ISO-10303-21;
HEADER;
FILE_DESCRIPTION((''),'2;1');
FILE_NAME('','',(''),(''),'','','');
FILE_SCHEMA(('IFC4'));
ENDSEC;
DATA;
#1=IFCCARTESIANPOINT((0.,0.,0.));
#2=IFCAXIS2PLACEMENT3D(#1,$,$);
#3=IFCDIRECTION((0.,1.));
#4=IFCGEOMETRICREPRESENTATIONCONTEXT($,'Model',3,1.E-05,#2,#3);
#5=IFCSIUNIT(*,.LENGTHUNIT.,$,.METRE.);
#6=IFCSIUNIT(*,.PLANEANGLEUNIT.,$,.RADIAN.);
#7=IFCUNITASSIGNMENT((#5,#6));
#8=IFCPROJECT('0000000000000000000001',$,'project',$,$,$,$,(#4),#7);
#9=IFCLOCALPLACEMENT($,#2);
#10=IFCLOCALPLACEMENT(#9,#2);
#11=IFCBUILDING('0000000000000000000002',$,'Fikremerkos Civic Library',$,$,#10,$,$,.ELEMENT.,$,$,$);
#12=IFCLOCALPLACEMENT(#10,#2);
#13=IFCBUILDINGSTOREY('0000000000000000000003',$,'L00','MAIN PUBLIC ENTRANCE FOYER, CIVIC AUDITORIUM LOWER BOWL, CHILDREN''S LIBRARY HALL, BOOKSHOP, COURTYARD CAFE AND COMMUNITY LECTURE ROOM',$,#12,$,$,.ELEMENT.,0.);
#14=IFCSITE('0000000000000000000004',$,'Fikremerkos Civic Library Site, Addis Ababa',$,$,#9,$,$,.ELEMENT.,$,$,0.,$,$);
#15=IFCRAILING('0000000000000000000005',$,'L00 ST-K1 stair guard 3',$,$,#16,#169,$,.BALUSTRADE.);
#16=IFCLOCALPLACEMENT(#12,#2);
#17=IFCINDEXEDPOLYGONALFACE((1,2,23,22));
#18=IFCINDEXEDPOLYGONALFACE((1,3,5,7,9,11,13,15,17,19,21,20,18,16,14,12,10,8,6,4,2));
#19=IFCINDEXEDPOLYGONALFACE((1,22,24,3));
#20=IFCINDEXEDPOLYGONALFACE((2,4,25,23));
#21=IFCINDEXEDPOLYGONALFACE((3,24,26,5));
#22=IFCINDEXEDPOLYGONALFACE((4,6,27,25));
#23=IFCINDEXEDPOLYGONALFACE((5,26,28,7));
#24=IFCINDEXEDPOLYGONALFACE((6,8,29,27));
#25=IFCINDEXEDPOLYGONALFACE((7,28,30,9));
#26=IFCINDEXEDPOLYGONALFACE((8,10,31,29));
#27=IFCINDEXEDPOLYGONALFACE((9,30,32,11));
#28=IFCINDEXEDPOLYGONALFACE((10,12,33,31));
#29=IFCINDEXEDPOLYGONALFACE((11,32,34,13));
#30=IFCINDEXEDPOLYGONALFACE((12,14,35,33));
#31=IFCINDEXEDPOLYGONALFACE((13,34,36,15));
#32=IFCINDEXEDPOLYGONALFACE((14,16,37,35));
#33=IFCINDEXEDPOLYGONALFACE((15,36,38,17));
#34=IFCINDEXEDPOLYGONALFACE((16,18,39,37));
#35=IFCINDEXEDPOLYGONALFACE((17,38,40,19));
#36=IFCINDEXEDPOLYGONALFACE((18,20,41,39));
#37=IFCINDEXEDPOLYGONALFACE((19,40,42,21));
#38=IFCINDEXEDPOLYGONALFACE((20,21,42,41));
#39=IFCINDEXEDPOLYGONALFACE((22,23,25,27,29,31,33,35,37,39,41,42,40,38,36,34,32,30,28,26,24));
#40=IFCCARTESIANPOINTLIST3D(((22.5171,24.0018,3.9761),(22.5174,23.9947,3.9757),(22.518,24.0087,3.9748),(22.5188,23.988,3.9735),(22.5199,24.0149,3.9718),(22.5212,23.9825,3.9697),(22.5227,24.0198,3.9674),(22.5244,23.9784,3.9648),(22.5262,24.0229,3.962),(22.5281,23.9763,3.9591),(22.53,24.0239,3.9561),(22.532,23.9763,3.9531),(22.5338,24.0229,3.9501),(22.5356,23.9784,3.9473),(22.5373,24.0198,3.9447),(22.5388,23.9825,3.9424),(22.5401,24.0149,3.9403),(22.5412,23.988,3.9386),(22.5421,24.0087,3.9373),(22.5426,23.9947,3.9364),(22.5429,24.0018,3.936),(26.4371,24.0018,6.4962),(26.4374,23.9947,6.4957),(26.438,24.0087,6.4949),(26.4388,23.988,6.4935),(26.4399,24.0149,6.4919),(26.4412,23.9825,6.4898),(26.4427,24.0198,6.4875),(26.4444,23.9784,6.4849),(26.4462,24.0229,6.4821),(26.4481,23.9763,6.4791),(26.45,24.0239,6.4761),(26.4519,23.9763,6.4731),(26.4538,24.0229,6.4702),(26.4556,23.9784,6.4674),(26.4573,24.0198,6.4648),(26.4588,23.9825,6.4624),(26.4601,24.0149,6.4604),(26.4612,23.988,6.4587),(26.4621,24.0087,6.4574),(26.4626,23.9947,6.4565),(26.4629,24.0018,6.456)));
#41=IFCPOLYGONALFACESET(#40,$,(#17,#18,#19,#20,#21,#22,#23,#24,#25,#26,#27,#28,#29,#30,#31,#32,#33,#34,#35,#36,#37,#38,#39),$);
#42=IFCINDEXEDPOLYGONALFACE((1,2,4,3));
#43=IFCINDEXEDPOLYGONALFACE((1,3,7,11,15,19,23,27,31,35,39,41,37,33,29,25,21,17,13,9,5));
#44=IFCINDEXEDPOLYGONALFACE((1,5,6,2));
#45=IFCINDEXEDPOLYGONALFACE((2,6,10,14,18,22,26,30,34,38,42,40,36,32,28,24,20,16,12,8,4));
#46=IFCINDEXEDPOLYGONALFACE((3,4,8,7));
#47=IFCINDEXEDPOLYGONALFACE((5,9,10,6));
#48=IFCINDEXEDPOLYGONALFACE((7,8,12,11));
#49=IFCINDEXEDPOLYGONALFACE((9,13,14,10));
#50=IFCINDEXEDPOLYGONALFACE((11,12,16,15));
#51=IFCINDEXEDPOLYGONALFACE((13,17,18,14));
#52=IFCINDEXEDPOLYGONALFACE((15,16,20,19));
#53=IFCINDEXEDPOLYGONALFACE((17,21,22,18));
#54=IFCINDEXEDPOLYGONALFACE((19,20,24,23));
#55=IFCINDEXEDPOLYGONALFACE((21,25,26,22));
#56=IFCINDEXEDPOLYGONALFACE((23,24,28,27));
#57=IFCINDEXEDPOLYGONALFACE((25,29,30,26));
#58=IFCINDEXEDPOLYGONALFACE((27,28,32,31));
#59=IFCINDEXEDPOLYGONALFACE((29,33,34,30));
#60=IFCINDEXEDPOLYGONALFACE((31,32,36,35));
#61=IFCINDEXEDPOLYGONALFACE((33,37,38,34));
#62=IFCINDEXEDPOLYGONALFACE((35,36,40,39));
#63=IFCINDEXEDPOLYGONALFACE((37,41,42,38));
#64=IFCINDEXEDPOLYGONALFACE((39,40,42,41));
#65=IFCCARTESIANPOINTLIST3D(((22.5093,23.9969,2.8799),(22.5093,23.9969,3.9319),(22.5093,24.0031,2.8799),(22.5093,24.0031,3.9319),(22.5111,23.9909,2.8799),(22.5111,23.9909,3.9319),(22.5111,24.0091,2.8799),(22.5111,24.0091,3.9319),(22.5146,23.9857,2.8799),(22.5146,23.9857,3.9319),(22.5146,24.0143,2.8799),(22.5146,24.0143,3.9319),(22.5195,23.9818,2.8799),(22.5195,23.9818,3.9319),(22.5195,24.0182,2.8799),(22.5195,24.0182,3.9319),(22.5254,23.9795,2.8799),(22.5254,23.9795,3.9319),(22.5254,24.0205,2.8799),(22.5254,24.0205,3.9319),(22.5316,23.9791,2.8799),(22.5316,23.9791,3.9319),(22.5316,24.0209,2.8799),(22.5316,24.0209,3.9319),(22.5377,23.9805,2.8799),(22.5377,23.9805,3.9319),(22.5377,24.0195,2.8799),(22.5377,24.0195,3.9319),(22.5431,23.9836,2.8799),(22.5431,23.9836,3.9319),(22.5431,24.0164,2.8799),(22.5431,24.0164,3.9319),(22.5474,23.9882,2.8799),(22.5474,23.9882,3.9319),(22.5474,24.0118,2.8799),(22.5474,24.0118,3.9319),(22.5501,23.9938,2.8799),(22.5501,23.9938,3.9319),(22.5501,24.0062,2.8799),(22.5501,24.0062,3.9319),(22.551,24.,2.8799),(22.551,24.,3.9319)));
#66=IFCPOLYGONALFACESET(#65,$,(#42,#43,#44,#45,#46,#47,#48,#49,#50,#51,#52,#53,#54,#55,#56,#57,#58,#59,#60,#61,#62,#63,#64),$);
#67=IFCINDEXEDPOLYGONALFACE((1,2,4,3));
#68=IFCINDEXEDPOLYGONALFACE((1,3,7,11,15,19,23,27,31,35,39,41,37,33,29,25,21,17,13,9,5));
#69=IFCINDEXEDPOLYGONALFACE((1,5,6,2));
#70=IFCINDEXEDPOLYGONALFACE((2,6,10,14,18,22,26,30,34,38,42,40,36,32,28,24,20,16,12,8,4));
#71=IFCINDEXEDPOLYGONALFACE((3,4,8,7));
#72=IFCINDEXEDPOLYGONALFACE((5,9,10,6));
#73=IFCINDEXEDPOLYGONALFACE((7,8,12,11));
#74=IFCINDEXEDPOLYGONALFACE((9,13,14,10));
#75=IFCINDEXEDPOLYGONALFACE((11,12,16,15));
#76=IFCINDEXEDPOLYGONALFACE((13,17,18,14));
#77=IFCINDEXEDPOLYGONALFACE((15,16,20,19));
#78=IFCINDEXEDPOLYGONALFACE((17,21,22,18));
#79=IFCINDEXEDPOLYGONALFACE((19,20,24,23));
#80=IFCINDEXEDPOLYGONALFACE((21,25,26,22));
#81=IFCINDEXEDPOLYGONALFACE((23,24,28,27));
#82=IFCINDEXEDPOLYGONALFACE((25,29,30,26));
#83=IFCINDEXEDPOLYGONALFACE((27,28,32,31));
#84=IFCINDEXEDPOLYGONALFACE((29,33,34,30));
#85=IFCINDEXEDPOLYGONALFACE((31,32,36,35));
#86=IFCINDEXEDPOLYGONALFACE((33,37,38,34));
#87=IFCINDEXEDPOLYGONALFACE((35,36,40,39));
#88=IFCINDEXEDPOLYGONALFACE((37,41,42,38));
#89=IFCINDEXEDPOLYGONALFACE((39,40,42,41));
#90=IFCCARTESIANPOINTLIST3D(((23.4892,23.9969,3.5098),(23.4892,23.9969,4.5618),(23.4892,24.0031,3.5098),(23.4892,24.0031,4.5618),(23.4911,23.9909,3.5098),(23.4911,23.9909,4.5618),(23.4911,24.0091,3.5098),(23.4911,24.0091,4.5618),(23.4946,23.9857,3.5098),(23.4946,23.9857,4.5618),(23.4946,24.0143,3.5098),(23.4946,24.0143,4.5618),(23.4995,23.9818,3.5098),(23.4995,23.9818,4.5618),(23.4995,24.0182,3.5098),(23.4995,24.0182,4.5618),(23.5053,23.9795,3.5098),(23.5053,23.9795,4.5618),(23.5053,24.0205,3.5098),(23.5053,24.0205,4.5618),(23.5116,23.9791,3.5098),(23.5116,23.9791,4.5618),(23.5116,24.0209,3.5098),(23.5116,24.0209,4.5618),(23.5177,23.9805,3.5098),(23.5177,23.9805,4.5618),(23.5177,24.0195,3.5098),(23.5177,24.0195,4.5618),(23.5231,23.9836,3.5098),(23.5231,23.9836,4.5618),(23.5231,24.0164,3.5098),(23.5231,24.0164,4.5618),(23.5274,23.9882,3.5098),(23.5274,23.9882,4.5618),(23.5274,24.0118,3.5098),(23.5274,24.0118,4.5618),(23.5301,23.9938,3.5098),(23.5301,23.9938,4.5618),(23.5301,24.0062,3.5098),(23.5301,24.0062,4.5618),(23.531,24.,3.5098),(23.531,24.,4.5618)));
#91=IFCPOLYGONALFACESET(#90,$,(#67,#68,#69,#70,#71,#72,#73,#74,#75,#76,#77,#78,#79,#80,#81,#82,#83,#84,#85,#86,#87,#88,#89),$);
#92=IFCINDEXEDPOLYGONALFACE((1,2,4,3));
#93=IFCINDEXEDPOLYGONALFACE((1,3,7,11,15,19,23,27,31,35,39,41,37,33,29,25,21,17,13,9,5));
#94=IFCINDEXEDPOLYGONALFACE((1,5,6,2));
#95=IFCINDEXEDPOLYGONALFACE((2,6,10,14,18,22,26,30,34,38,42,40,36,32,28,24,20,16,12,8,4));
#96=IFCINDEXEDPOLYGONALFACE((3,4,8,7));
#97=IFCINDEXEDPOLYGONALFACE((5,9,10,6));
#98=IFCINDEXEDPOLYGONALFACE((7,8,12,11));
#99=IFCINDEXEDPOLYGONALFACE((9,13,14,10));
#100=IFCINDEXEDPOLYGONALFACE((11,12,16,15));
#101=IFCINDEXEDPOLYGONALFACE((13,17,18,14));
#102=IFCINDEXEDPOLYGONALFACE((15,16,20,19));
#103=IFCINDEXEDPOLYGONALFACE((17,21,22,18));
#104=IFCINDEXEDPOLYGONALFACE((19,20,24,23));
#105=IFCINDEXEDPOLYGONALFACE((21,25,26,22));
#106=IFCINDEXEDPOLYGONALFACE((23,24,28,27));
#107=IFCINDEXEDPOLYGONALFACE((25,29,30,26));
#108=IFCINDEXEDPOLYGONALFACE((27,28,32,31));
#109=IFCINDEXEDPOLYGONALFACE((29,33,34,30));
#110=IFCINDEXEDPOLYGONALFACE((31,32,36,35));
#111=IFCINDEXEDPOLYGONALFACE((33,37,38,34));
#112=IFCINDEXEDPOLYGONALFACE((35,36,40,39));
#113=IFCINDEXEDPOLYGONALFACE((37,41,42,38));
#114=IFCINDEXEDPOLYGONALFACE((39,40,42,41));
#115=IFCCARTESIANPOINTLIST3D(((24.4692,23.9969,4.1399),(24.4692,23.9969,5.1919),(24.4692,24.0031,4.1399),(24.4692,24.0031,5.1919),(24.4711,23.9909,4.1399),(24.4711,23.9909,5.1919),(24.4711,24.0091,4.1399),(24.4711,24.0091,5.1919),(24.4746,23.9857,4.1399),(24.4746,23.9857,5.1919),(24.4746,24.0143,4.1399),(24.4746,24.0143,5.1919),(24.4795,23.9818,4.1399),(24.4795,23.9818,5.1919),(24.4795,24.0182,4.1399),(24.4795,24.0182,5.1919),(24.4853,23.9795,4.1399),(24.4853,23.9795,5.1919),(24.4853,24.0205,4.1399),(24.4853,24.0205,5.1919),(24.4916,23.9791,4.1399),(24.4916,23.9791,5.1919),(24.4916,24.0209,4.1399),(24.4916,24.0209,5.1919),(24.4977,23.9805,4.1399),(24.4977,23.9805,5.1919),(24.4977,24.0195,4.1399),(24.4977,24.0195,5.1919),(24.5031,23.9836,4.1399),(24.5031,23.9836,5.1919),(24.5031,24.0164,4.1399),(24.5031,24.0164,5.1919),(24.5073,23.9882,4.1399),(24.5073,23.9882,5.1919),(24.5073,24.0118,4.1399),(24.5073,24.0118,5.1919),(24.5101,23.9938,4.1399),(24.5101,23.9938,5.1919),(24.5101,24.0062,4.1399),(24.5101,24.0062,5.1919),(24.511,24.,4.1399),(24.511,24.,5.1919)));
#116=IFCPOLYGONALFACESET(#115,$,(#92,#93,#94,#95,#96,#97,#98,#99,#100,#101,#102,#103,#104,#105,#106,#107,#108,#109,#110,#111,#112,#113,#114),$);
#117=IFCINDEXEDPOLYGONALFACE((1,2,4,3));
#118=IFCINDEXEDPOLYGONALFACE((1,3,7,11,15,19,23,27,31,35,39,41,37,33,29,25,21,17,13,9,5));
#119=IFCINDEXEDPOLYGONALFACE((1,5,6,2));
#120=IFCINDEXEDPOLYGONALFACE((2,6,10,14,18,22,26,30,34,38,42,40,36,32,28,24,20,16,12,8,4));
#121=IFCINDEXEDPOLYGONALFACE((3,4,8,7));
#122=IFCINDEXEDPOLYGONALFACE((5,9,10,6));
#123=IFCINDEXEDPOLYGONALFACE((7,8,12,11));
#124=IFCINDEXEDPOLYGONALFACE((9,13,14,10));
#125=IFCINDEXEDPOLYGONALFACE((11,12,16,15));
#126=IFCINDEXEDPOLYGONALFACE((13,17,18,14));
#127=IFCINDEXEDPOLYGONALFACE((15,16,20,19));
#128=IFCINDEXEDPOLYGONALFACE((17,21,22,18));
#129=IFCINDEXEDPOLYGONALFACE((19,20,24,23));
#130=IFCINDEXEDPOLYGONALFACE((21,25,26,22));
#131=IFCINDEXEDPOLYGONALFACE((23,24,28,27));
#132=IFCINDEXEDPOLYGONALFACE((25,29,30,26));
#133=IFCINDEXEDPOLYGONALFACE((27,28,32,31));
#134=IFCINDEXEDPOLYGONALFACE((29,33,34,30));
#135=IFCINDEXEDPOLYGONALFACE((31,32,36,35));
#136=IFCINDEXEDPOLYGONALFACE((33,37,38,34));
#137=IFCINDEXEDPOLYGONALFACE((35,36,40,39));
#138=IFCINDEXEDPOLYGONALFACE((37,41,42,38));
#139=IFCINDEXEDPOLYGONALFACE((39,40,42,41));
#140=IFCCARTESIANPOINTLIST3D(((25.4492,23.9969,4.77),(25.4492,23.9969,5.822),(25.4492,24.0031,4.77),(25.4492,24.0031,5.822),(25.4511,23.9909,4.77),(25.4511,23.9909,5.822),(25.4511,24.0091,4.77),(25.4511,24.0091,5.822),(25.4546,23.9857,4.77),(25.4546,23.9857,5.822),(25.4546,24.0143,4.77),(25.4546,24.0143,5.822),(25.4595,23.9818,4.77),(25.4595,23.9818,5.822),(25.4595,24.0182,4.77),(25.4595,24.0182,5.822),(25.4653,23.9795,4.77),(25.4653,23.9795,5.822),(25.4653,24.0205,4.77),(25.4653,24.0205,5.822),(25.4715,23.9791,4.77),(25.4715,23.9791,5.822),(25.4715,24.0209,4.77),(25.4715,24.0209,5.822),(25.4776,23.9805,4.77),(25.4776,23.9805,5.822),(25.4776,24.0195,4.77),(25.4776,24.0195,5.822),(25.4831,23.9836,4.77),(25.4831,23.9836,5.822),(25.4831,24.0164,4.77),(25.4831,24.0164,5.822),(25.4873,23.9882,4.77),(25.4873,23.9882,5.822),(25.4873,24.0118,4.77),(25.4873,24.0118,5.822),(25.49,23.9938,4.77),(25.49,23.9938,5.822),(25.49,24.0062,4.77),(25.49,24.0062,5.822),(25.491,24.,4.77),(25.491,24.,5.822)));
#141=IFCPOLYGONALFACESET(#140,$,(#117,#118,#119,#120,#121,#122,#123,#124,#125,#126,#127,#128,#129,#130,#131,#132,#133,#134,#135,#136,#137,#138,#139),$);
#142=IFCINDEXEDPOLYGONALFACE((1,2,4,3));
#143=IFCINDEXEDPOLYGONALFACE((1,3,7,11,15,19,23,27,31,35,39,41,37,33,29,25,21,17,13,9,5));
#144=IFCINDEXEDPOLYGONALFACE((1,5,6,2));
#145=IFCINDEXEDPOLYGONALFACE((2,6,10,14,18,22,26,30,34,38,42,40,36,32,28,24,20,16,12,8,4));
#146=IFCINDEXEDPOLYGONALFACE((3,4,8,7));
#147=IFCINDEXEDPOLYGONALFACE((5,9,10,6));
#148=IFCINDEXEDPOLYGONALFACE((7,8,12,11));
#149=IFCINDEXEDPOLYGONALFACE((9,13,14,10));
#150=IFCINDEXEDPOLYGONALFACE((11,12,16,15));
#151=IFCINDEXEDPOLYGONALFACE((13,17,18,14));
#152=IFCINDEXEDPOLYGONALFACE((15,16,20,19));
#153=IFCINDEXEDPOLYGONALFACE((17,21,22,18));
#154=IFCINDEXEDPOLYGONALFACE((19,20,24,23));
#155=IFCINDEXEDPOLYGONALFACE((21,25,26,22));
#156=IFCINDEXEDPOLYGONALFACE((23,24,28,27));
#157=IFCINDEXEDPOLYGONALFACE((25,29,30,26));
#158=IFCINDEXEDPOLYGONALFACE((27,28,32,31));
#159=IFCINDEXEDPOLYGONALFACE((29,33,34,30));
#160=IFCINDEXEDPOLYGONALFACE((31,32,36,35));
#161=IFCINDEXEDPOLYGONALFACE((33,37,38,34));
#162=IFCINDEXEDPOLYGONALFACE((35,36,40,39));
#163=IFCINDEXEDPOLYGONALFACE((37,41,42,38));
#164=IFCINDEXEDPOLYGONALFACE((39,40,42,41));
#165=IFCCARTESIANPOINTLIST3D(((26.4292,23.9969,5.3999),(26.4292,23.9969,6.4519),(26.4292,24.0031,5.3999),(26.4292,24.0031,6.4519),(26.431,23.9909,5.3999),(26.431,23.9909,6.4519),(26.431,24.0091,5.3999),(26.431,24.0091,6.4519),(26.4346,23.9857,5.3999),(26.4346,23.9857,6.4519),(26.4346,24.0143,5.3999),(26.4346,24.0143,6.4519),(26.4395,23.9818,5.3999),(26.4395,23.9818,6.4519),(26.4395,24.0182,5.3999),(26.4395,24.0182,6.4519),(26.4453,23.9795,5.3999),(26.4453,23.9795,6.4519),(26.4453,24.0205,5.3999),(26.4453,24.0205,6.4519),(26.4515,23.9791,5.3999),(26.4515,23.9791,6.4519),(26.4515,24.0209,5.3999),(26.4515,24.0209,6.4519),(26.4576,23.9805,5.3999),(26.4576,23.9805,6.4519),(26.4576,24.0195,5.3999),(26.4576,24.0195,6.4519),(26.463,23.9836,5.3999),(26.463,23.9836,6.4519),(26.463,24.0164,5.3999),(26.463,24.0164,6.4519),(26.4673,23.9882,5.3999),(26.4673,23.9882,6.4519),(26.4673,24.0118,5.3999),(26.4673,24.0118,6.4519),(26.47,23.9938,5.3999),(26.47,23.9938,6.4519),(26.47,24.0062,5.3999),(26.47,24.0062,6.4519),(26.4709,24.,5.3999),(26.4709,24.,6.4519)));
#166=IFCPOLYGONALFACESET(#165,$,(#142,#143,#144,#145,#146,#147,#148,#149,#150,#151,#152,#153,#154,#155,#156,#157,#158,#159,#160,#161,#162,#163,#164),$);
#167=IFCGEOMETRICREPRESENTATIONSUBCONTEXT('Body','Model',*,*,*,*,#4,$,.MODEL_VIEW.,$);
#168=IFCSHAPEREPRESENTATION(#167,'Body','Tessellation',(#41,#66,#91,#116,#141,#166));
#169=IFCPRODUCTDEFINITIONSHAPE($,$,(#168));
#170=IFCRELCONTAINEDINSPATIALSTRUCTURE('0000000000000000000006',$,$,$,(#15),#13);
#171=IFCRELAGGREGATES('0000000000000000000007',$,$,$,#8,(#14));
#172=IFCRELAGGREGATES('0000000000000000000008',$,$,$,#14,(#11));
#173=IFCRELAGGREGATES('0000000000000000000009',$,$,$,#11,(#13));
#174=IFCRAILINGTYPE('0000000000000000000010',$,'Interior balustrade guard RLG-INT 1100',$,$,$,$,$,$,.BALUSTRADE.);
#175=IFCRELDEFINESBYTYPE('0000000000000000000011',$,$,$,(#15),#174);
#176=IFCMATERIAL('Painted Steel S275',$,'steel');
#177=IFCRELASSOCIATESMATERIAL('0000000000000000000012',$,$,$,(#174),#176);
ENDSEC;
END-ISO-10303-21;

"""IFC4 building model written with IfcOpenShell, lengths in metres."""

from ifc_helpers import new_model, si_unit, direction, frame, origin, origin_2d, place, context, subcontext, project, spatial, circle, extrude, material, type_object, element, save


model = new_model("IFC4")

# Units and contexts
model_context = context("Model", 3, precision=1e-05, world=origin(), true_north=direction((0.0, 1.0)))
body_context = subcontext(model_context, "Body", "Model", "MODEL_VIEW")
ifc_project = project(units=[si_unit("LENGTHUNIT", "METRE"), si_unit("PLANEANGLEUNIT", "RADIAN")], contexts=[model_context])

# Site, building, storey
site_placement = place(None, origin())
site = spatial("IfcSite", under=ifc_project, at=site_placement, Name="Fikremerkos Civic Library Site, Addis Ababa", CompositionType="ELEMENT", RefElevation=0.0)
building_placement = place(site_placement, origin())
building = spatial("IfcBuilding", under=site, at=building_placement, Name="Fikremerkos Civic Library", CompositionType="ELEMENT")
storey_placement = place(building_placement, origin())
storey = spatial("IfcBuildingStorey", under=building, at=storey_placement, Name="L00", Description="MAIN PUBLIC ENTRANCE FOYER, CIVIC AUDITORIUM LOWER BOWL, CHILDREN'S LIBRARY HALL, BOOKSHOP, COURTYARD CAFE AND COMMUNITY LECTURE ROOM", CompositionType="ELEMENT", Elevation=0.0)

# Railing
ifc_material_1 = material(Name="Painted Steel S275", Category="steel")
railing_type_1 = type_object("IfcRailingType", Name="Interior balustrade guard RLG-INT 1100", PredefinedType="BALUSTRADE", material=ifc_material_1)
railing_1_placement = place(storey_placement, frame((22.53, 24.0, 2.8799)))
element("IfcRailing", 1, at=railing_1_placement, inside=storey, type_object=railing_type_1, Name="L00 ST-K1 stair guard 3", PredefinedType="BALUSTRADE", context=body_context, shape_type="SweptSolid", body=[
    extrude(circle(Radius=0.0239, at=origin_2d()), frame((0.0, 0.0, 1.0762), z_axis=(0.841172, 0.0, 0.540768), x_axis=(0.0, 1.0, 0.0)), (0.0, 0.0, 1.0), 4.6602),
    extrude(circle(Radius=0.021, at=origin_2d()), origin(), (0.0, 0.0, 1.0), 1.052),
    extrude(circle(Radius=0.021, at=origin_2d()), frame((0.98, 0.0, 0.6299)), (0.0, 0.0, 1.0), 1.052),
    extrude(circle(Radius=0.021, at=origin_2d()), frame((1.96, 0.0, 1.26)), (0.0, 0.0, 1.0), 1.052),
    extrude(circle(Radius=0.021, at=origin_2d()), frame((2.9399, 0.0, 1.8901)), (0.0, 0.0, 1.0), 1.052),
    extrude(circle(Radius=0.021, at=origin_2d()), frame((3.9199, 0.0, 2.52)), (0.0, 0.0, 1.0), 1.052),
])

save(model, "model.ifc")
